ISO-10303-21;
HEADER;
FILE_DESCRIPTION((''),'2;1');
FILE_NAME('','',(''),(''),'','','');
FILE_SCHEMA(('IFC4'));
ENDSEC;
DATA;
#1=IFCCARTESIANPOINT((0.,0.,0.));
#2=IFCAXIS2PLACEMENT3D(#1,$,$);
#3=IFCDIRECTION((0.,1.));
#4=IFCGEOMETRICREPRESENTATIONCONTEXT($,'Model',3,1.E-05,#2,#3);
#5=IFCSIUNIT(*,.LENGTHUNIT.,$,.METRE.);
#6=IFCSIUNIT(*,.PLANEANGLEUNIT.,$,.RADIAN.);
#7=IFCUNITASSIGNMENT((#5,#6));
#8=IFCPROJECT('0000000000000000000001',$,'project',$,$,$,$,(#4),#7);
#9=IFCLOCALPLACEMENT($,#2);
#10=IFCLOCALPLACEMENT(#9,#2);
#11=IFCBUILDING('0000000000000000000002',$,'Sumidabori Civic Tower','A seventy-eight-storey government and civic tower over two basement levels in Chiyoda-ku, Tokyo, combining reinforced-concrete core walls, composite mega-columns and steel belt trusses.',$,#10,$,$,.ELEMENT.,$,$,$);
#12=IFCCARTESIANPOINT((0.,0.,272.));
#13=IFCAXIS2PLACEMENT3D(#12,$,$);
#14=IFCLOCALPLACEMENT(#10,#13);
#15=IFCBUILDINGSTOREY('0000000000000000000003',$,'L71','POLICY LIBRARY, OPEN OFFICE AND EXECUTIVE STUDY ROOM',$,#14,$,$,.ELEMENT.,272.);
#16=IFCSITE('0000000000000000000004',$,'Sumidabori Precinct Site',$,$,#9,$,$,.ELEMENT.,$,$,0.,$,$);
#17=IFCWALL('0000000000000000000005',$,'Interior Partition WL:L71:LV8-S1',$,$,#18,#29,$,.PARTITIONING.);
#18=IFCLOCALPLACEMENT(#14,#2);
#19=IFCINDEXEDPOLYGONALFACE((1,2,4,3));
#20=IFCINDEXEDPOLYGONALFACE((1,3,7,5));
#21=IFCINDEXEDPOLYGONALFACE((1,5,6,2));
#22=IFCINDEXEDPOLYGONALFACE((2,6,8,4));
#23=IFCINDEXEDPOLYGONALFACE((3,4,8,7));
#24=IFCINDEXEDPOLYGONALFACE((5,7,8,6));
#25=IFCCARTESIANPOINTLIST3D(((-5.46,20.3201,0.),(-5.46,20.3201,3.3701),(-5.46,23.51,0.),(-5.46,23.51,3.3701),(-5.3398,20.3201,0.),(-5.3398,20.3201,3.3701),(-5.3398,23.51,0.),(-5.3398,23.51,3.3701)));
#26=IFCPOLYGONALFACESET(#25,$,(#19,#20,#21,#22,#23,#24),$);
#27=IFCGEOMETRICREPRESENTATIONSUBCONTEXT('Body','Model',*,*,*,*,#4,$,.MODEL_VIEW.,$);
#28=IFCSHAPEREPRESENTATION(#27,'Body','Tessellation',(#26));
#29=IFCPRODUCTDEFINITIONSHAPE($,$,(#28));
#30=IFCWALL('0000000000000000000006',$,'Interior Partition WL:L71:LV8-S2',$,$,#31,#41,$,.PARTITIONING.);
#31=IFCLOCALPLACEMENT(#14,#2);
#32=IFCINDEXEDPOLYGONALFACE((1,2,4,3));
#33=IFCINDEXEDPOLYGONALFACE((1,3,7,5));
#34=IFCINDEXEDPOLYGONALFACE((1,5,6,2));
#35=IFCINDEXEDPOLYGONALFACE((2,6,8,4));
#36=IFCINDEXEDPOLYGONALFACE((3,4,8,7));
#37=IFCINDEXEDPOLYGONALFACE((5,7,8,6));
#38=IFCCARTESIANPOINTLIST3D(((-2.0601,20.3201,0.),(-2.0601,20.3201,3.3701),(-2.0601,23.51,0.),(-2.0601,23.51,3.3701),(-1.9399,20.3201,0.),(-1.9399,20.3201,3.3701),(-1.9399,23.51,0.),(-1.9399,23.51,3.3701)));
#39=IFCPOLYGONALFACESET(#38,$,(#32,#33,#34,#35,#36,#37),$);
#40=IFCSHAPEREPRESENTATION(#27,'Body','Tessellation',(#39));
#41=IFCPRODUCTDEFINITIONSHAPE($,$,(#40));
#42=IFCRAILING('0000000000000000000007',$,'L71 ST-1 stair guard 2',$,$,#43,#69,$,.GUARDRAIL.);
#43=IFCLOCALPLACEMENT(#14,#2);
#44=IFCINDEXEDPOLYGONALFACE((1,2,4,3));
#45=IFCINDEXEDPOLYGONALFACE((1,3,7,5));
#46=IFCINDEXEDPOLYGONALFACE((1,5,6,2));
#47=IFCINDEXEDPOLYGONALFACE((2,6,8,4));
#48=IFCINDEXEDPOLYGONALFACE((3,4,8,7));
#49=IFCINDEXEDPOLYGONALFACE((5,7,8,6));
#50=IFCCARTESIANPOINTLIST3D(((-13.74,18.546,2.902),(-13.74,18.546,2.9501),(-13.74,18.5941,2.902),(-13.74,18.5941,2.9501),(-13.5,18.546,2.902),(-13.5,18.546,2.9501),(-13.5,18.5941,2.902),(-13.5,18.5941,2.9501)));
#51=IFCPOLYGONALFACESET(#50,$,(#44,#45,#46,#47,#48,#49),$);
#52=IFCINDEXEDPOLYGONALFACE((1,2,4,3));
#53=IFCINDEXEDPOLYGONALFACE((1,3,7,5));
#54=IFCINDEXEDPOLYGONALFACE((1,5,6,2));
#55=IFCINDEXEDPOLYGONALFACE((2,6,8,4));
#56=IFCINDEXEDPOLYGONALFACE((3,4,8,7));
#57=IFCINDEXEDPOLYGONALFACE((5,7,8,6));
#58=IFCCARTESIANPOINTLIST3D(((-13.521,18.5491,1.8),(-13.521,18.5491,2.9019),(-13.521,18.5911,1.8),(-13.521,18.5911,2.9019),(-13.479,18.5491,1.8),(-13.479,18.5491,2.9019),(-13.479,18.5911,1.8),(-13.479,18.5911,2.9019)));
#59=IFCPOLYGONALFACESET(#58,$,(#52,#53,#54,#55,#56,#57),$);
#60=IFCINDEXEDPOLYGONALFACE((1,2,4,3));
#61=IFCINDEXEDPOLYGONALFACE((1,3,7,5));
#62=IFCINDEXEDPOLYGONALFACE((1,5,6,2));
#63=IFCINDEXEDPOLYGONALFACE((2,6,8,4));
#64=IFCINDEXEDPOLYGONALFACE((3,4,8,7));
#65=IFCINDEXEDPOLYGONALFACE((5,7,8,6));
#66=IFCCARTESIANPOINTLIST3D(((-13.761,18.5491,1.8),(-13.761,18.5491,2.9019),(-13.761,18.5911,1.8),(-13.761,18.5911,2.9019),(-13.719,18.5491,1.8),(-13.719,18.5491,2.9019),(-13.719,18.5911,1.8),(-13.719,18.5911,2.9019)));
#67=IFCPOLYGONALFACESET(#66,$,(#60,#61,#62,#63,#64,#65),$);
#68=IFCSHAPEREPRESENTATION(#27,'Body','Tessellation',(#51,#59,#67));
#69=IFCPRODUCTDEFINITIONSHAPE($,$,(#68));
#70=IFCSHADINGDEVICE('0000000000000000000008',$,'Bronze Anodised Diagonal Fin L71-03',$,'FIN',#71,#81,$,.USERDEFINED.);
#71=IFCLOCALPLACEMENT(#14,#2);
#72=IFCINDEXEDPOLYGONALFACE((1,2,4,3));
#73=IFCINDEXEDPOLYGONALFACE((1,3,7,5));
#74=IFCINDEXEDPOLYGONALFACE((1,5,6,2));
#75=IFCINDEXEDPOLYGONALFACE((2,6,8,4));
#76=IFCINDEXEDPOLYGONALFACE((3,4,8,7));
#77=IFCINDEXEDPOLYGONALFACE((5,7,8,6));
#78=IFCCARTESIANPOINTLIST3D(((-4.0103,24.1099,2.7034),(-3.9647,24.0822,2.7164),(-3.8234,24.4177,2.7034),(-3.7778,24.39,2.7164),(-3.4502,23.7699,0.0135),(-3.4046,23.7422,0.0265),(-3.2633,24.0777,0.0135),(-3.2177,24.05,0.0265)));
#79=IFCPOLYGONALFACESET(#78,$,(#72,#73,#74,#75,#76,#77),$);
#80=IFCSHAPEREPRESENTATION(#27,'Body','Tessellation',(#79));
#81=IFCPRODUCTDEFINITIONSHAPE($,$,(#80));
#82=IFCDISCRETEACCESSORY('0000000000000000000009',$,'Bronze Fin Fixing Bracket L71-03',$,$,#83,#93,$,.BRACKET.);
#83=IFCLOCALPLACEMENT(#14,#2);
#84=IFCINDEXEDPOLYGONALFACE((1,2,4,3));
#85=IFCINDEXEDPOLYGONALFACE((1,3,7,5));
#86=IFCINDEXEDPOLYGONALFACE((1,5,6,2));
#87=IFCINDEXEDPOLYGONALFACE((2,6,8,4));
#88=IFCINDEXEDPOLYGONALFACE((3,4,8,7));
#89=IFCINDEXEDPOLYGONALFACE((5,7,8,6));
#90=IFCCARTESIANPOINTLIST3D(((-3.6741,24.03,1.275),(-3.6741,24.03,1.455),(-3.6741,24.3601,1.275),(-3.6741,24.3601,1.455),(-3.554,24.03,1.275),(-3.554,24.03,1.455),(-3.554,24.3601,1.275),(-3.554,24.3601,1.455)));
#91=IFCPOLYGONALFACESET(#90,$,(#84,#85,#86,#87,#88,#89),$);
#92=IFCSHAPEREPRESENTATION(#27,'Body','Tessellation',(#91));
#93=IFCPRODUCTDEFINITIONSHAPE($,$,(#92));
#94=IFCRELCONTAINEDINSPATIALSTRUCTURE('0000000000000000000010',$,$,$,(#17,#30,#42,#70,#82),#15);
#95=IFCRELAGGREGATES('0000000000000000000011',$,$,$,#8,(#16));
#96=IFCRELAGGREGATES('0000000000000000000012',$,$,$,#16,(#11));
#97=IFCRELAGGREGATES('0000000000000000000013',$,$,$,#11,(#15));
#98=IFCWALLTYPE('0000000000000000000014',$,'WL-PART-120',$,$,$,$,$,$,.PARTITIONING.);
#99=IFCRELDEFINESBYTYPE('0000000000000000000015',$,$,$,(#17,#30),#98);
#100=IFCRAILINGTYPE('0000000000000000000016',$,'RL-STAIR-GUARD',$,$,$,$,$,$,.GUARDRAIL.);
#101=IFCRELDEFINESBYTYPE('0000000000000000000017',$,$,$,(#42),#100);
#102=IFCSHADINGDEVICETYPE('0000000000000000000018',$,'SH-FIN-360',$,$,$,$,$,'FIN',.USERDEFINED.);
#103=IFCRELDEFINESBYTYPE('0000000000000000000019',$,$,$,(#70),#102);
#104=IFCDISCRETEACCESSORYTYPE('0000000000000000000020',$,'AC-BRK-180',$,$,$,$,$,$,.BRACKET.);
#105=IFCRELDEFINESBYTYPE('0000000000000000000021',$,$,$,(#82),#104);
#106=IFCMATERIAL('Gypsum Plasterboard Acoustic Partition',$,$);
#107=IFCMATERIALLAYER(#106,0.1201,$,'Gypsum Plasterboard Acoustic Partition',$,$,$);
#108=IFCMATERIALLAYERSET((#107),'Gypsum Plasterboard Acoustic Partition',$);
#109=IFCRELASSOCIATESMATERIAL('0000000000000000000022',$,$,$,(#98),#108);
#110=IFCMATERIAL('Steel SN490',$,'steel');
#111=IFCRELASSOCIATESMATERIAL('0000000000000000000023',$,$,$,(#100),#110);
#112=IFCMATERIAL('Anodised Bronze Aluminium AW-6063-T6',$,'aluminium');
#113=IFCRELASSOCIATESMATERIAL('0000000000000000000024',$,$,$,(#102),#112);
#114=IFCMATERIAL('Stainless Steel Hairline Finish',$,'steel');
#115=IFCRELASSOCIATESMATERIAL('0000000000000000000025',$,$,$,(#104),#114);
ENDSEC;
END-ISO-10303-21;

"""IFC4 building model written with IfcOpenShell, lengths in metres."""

from ifc_helpers import new_model, si_unit, direction, frame, frame_2d, origin, origin_2d, place, context, subcontext, project, spatial, rectangle, extrude, source, transform, mapped, material, layer, layer_set, material_profile, profile_set, type_object, element, save


model = new_model("IFC4")

# Units and contexts
model_context = context("Model", 3, precision=1e-05, world=origin(), true_north=direction((0.0, 1.0)))
body_context = subcontext(model_context, "Body", "Model", "MODEL_VIEW")
ifc_project = project(units=[si_unit("LENGTHUNIT", "METRE"), si_unit("PLANEANGLEUNIT", "RADIAN")], contexts=[model_context])

# Site, building, storey
site_placement = place(None, origin())
site = spatial("IfcSite", under=ifc_project, at=site_placement, Name="Sumidabori Precinct Site", CompositionType="ELEMENT", RefElevation=0.0)
building_placement = place(site_placement, origin())
building = spatial("IfcBuilding", under=site, at=building_placement, Name="Sumidabori Civic Tower", Description="A seventy-eight-storey government and civic tower over two basement levels in Chiyoda-ku, Tokyo, combining reinforced-concrete core walls, composite mega-columns and steel belt trusses.", CompositionType="ELEMENT")
storey_placement = place(building_placement, frame((0.0, 0.0, 272.0)))
storey = spatial("IfcBuildingStorey", under=building, at=storey_placement, Name="L71", Description="POLICY LIBRARY, OPEN OFFICE AND EXECUTIVE STUDY ROOM", CompositionType="ELEMENT", Elevation=272.0)

# Shared definitions
ifc_material_1 = material(Name="Anodised Bronze Aluminium AW-6063-T6", Category="aluminium")

# Shared definitions
ifc_material_2 = material(Name="Gypsum Plasterboard Acoustic Partition")

# Walls
ifc_layer_1 = layer(ifc_material_2, 0.1201, Name="Gypsum Plasterboard Acoustic Partition")
ifc_layer_set_1 = layer_set([ifc_layer_1], Name="Gypsum Plasterboard Acoustic Partition")
wall_type_1 = type_object("IfcWallType", Name="WL-PART-120", PredefinedType="PARTITIONING", material=ifc_layer_set_1)
shared_shape_1 = source(origin(), body_context, "Body", "SweptSolid", [
    extrude(rectangle(XDim=3.1899, YDim=0.1201, at=frame_2d((1.595, 0.0))), origin(), (0.0, 0.0, 1.0), 3.3701),
])
for number, where, z_axis, x_axis, name in (
    (1, (-5.3999, 20.3201, 0.0), (0.0, 0.0, 1.0), (0.0, 1.0, 0.0), "Interior Partition WL:L71:LV8-S1"),
    (2, (-2.0, 20.3201, 0.0), (0.0, 0.0, 1.0), (0.0, 1.0, 0.0), "Interior Partition WL:L71:LV8-S2"),
):
    element("IfcWall", number, at=place(storey_placement, frame(where, z_axis=z_axis, x_axis=x_axis)), inside=storey, type_object=wall_type_1, Name=name, PredefinedType="PARTITIONING", context=body_context, shape_type="MappedRepresentation", body=[
        mapped(shared_shape_1, transform((0.0, 0.0, 0.0), x_axis=(1.0, 0.0, 0.0), y_axis=(0.0, 1.0, 0.0), z_axis=(0.0, 0.0, 1.0), scale=1.0)),
    ])

# Railing
ifc_material_3 = material(Name="Steel SN490", Category="steel")
railing_type = type_object("IfcRailingType", Name="RL-STAIR-GUARD", PredefinedType="GUARDRAIL", material=ifc_material_3)
railing_placement = place(storey_placement, frame((-13.5, 18.5701, 1.8)))
element("IfcRailing", 3, at=railing_placement, inside=storey, type_object=railing_type, Name="L71 ST-1 stair guard 2", PredefinedType="GUARDRAIL", context=body_context, shape_type="SweptSolid", body=[
    extrude(rectangle(XDim=0.0481, YDim=0.0481, at=origin_2d()), frame((0.0, 0.0, 1.126), z_axis=(-1.0, 0.0, 0.0), x_axis=(0.0, -1.0, 0.0)), (0.0, 0.0, 1.0), 0.24),
    extrude(rectangle(XDim=0.042, YDim=0.042, at=origin_2d()), origin(), (0.0, 0.0, 1.0), 1.1018),
    extrude(rectangle(XDim=0.042, YDim=0.042, at=origin_2d()), frame((-0.24, 0.0, 0.0)), (0.0, 0.0, 1.0), 1.1018),
])

# Shading device
ifc_material_profile_1 = material_profile(ifc_material_1, rectangle(XDim=0.0549, YDim=0.3601, at=origin_2d()), Name="BRONZE FIN 360x55")
ifc_profile_set_1 = profile_set([ifc_material_profile_1], Name="Anodised Bronze Aluminium AW-6063-T6")
shading_device_type = type_object("IfcShadingDeviceType", Name="SH-FIN-360", ElementType="FIN", PredefinedType="USERDEFINED", material=ifc_profile_set_1)
shared_shape_2 = source(origin(), body_context, "Body", "SweptSolid", [
    extrude(rectangle(XDim=0.0549, YDim=0.3601, at=origin_2d()), origin(), (0.0, 0.0, 1.0), 2.7686),
])
shading_device_placement = place(storey_placement, frame((-3.334, 23.9099, 0.02), z_axis=(-0.20229, 0.122838, 0.971591), x_axis=(0.83047, -0.504291, 0.236665)))
element("IfcShadingDevice", 4, at=shading_device_placement, inside=storey, type_object=shading_device_type, Name="Bronze Anodised Diagonal Fin L71-03", ObjectType="FIN", PredefinedType="USERDEFINED", context=body_context, shape_type="MappedRepresentation", body=[
    mapped(shared_shape_2, transform((0.0, 0.0, 0.0), x_axis=(1.0, 0.0, 0.0), y_axis=(0.0, 1.0, 0.0), z_axis=(0.0, 0.0, 1.0), scale=1.0)),
])

# Discrete accessory
ifc_material_4 = material(Name="Stainless Steel Hairline Finish", Category="steel")
ifc_material_profile_2 = material_profile(ifc_material_4, rectangle(XDim=0.1201, YDim=0.1799, at=origin_2d()), Name="STEEL BRACKET 180x120")
ifc_profile_set_2 = profile_set([ifc_material_profile_2], Name="Stainless Steel Hairline Finish")
discrete_accessory_type = type_object("IfcDiscreteAccessoryType", Name="AC-BRK-180", PredefinedType="BRACKET", material=ifc_profile_set_2)
shared_shape_3 = source(origin(), body_context, "Body", "SweptSolid", [
    extrude(rectangle(XDim=0.1201, YDim=0.1799, at=origin_2d()), origin(), (0.0, 0.0, 1.0), 0.3301),
])
discrete_accessory_placement = place(storey_placement, frame((-3.614, 24.03, 1.365), z_axis=(0.0, 1.0, 0.0), x_axis=(-1.0, 0.0, 0.0)))
element("IfcDiscreteAccessory", 5, at=discrete_accessory_placement, inside=storey, type_object=discrete_accessory_type, Name="Bronze Fin Fixing Bracket L71-03", PredefinedType="BRACKET", context=body_context, shape_type="MappedRepresentation", body=[
    mapped(shared_shape_3, transform((0.0, 0.0, 0.0), x_axis=(1.0, 0.0, 0.0), y_axis=(0.0, 1.0, 0.0), z_axis=(0.0, 0.0, 1.0), scale=1.0)),
])

save(model, "model.ifc")
